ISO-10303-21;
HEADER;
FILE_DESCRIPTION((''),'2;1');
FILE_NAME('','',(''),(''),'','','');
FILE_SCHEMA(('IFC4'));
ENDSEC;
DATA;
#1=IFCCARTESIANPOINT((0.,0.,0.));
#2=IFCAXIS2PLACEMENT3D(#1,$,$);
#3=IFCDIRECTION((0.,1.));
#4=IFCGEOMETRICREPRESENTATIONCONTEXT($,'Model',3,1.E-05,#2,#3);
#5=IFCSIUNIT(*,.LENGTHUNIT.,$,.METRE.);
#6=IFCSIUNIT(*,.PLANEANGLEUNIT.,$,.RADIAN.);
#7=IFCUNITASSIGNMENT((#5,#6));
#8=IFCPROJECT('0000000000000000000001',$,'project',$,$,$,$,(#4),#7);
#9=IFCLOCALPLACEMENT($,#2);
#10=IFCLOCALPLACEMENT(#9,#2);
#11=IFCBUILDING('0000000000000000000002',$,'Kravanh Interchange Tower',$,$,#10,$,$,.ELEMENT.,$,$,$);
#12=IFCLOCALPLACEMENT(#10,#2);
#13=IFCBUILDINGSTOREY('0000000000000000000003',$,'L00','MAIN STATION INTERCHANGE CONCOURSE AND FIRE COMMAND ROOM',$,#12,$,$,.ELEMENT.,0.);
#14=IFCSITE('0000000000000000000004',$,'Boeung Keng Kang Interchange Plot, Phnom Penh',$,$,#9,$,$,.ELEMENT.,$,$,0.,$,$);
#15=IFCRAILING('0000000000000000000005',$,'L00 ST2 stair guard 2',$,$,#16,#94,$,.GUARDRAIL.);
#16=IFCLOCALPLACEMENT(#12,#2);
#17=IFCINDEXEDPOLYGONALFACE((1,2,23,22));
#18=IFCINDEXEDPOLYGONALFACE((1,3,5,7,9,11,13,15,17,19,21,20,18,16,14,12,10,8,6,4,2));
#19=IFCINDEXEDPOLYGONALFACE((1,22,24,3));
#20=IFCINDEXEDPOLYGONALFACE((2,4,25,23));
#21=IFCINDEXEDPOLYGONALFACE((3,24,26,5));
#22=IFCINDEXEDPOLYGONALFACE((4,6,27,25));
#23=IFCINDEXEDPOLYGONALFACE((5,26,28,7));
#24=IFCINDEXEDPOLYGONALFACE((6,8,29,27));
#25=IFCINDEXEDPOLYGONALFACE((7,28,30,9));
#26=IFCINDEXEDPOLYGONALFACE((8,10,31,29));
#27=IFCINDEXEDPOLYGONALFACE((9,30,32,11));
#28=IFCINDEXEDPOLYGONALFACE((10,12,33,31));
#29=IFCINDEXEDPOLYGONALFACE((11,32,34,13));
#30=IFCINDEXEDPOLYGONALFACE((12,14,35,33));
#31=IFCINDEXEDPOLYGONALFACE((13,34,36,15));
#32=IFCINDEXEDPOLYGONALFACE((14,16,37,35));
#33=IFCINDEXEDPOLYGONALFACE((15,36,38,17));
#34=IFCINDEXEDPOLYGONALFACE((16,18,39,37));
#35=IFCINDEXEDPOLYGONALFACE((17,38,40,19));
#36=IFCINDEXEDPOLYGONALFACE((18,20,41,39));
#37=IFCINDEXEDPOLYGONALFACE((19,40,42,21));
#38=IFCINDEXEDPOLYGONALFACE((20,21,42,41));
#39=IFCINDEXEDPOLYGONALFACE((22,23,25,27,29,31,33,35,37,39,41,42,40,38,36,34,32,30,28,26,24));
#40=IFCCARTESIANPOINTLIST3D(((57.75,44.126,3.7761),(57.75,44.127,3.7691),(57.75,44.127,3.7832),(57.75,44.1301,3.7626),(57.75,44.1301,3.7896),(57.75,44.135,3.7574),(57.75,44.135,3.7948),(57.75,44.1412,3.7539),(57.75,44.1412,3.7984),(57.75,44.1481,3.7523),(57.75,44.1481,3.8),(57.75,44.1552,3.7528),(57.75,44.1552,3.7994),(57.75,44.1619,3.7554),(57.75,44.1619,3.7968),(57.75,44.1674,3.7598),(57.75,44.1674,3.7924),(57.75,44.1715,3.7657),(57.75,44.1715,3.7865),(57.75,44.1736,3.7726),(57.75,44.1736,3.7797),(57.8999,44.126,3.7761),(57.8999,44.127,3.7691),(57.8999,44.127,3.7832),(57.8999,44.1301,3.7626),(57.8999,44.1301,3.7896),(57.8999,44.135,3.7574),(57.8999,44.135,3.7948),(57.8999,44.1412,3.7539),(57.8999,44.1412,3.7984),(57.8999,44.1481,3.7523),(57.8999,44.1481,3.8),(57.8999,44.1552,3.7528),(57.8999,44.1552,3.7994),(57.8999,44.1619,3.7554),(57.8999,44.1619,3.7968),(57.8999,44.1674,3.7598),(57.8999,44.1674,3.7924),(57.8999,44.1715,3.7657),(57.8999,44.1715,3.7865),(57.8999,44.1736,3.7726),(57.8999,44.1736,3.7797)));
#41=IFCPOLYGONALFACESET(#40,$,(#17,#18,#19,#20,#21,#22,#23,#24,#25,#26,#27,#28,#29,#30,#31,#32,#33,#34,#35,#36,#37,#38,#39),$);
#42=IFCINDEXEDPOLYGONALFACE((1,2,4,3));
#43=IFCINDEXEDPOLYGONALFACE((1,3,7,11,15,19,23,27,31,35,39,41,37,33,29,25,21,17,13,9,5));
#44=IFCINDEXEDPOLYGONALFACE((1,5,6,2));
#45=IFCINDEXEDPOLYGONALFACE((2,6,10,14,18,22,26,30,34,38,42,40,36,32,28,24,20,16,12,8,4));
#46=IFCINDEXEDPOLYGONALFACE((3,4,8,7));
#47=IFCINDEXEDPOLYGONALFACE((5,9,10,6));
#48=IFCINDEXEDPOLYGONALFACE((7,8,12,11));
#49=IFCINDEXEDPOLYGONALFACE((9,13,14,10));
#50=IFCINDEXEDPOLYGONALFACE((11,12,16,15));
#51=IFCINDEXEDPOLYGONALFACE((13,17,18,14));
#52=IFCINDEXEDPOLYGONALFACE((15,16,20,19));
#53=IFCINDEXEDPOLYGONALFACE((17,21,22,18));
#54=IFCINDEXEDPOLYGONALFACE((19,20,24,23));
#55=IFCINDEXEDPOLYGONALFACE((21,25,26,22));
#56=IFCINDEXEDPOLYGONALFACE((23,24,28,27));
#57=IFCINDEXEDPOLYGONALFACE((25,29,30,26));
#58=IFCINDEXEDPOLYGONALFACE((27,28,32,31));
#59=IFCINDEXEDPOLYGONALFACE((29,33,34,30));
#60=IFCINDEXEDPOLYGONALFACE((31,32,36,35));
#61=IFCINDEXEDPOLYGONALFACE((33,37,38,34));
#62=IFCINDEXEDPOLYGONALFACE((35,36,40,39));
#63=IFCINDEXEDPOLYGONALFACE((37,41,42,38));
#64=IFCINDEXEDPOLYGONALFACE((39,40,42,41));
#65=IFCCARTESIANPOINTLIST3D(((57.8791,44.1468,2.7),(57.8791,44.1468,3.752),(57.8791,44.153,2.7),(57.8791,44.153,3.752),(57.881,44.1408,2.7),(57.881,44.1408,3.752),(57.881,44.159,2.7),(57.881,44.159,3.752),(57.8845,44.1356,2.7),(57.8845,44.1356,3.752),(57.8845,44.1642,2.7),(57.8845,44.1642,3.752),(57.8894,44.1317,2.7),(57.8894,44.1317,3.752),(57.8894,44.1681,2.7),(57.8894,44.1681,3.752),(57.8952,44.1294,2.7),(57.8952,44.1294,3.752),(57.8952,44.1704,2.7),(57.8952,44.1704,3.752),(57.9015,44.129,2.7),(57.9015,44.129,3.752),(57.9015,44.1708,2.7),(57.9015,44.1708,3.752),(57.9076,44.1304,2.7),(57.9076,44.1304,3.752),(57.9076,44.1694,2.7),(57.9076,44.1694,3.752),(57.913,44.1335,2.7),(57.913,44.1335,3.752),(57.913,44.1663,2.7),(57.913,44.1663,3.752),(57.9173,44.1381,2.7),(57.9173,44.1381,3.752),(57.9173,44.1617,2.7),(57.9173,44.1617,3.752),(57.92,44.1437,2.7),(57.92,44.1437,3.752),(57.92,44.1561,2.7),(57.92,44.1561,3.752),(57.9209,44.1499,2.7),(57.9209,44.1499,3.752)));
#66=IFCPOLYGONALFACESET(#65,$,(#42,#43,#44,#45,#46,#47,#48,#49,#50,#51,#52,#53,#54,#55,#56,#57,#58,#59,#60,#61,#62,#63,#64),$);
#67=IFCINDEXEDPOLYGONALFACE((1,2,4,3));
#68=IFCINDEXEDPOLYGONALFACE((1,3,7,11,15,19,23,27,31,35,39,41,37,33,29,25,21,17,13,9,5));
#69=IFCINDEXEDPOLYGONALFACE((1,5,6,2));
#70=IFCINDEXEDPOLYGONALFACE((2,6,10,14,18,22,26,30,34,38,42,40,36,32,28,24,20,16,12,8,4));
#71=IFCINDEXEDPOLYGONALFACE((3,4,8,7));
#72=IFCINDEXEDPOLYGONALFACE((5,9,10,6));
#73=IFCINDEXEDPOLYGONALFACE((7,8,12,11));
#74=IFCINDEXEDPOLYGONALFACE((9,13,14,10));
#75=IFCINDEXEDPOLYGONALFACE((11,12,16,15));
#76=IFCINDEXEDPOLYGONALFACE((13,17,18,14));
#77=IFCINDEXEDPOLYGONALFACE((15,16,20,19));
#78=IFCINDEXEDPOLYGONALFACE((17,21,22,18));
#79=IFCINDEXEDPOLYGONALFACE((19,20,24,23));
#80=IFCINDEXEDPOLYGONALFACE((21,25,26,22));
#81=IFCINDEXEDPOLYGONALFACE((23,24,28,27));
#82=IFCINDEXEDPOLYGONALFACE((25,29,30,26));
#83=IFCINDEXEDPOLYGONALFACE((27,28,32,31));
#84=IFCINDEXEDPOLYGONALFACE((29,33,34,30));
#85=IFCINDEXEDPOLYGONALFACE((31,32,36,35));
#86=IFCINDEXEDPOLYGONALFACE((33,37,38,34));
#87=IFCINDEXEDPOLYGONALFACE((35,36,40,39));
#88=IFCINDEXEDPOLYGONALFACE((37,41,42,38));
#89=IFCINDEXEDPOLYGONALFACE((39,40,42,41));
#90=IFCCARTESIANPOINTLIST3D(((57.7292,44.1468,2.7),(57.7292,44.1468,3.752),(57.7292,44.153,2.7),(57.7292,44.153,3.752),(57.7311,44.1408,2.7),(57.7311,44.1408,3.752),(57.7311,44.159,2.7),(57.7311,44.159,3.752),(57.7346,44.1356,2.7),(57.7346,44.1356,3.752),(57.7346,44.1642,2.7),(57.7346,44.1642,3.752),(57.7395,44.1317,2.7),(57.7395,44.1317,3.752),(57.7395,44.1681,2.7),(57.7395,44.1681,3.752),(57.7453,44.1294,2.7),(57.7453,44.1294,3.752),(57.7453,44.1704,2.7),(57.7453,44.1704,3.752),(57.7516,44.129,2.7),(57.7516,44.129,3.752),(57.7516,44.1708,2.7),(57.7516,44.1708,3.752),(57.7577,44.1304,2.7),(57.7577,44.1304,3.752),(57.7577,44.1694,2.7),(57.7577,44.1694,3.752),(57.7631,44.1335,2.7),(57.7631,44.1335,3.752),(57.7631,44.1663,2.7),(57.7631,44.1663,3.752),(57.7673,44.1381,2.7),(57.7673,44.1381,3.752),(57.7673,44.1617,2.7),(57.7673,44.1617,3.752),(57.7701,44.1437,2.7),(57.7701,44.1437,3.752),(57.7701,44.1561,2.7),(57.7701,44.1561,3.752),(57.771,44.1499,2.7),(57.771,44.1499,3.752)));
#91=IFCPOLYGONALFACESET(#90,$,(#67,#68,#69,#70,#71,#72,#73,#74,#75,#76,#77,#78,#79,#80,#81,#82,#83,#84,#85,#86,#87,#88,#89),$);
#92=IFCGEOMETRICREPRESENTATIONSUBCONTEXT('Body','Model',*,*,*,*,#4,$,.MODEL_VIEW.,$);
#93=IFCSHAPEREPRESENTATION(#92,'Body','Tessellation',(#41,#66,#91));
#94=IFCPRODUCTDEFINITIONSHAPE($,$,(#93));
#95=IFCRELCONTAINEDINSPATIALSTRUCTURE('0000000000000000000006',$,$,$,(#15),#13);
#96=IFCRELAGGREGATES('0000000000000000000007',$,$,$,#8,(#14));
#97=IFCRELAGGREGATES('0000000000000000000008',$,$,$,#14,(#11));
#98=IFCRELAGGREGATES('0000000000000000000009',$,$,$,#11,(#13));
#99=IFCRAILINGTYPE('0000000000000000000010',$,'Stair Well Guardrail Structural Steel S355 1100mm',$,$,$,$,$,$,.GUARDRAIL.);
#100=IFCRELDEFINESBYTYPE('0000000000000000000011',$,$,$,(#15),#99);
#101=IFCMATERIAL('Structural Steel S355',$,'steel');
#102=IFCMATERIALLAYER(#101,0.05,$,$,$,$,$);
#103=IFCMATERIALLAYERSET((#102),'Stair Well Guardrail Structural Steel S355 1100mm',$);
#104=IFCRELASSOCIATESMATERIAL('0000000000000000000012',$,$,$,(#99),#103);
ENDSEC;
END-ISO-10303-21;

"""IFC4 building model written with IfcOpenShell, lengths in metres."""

from ifc_helpers import new_model, si_unit, direction, frame, origin, origin_2d, place, context, subcontext, project, spatial, circle, extrude, material, layer, layer_set, type_object, element, save


model = new_model("IFC4")

# Units and contexts
model_context = context("Model", 3, precision=1e-05, world=origin(), true_north=direction((0.0, 1.0)))
body_context = subcontext(model_context, "Body", "Model", "MODEL_VIEW")
ifc_project = project(units=[si_unit("LENGTHUNIT", "METRE"), si_unit("PLANEANGLEUNIT", "RADIAN")], contexts=[model_context])

# Site, building, storey
site_placement = place(None, origin())
site = spatial("IfcSite", under=ifc_project, at=site_placement, Name="Boeung Keng Kang Interchange Plot, Phnom Penh", CompositionType="ELEMENT", RefElevation=0.0)
building_placement = place(site_placement, origin())
building = spatial("IfcBuilding", under=site, at=building_placement, Name="Kravanh Interchange Tower", CompositionType="ELEMENT")
storey_placement = place(building_placement, origin())
storey = spatial("IfcBuildingStorey", under=building, at=storey_placement, Name="L00", Description="MAIN STATION INTERCHANGE CONCOURSE AND FIRE COMMAND ROOM", CompositionType="ELEMENT", Elevation=0.0)

# Railing
ifc_material_1 = material(Name="Structural Steel S355", Category="steel")
ifc_layer_1 = layer(ifc_material_1, 0.05)
ifc_layer_set_1 = layer_set([ifc_layer_1], Name="Stair Well Guardrail Structural Steel S355 1100mm")
railing_type_1 = type_object("IfcRailingType", Name="Stair Well Guardrail Structural Steel S355 1100mm", PredefinedType="GUARDRAIL", material=ifc_layer_set_1)
railing_1_placement = place(storey_placement, frame((57.8999, 44.1499, 2.7)))
element("IfcRailing", 1, at=railing_1_placement, inside=storey, type_object=railing_type_1, Name="L00 ST2 stair guard 2", PredefinedType="GUARDRAIL", context=body_context, shape_type="SweptSolid", body=[
    extrude(circle(Radius=0.0239, at=origin_2d()), frame((0.0, 0.0, 1.0762), z_axis=(-1.0, 0.0, 0.0), x_axis=(0.0, -1.0, 0.0)), (0.0, 0.0, 1.0), 0.1499),
    extrude(circle(Radius=0.021, at=origin_2d()), origin(), (0.0, 0.0, 1.0), 1.052),
    extrude(circle(Radius=0.021, at=origin_2d()), frame((-0.1499, 0.0, 0.0)), (0.0, 0.0, 1.0), 1.052),
])

save(model, "model.ifc")
